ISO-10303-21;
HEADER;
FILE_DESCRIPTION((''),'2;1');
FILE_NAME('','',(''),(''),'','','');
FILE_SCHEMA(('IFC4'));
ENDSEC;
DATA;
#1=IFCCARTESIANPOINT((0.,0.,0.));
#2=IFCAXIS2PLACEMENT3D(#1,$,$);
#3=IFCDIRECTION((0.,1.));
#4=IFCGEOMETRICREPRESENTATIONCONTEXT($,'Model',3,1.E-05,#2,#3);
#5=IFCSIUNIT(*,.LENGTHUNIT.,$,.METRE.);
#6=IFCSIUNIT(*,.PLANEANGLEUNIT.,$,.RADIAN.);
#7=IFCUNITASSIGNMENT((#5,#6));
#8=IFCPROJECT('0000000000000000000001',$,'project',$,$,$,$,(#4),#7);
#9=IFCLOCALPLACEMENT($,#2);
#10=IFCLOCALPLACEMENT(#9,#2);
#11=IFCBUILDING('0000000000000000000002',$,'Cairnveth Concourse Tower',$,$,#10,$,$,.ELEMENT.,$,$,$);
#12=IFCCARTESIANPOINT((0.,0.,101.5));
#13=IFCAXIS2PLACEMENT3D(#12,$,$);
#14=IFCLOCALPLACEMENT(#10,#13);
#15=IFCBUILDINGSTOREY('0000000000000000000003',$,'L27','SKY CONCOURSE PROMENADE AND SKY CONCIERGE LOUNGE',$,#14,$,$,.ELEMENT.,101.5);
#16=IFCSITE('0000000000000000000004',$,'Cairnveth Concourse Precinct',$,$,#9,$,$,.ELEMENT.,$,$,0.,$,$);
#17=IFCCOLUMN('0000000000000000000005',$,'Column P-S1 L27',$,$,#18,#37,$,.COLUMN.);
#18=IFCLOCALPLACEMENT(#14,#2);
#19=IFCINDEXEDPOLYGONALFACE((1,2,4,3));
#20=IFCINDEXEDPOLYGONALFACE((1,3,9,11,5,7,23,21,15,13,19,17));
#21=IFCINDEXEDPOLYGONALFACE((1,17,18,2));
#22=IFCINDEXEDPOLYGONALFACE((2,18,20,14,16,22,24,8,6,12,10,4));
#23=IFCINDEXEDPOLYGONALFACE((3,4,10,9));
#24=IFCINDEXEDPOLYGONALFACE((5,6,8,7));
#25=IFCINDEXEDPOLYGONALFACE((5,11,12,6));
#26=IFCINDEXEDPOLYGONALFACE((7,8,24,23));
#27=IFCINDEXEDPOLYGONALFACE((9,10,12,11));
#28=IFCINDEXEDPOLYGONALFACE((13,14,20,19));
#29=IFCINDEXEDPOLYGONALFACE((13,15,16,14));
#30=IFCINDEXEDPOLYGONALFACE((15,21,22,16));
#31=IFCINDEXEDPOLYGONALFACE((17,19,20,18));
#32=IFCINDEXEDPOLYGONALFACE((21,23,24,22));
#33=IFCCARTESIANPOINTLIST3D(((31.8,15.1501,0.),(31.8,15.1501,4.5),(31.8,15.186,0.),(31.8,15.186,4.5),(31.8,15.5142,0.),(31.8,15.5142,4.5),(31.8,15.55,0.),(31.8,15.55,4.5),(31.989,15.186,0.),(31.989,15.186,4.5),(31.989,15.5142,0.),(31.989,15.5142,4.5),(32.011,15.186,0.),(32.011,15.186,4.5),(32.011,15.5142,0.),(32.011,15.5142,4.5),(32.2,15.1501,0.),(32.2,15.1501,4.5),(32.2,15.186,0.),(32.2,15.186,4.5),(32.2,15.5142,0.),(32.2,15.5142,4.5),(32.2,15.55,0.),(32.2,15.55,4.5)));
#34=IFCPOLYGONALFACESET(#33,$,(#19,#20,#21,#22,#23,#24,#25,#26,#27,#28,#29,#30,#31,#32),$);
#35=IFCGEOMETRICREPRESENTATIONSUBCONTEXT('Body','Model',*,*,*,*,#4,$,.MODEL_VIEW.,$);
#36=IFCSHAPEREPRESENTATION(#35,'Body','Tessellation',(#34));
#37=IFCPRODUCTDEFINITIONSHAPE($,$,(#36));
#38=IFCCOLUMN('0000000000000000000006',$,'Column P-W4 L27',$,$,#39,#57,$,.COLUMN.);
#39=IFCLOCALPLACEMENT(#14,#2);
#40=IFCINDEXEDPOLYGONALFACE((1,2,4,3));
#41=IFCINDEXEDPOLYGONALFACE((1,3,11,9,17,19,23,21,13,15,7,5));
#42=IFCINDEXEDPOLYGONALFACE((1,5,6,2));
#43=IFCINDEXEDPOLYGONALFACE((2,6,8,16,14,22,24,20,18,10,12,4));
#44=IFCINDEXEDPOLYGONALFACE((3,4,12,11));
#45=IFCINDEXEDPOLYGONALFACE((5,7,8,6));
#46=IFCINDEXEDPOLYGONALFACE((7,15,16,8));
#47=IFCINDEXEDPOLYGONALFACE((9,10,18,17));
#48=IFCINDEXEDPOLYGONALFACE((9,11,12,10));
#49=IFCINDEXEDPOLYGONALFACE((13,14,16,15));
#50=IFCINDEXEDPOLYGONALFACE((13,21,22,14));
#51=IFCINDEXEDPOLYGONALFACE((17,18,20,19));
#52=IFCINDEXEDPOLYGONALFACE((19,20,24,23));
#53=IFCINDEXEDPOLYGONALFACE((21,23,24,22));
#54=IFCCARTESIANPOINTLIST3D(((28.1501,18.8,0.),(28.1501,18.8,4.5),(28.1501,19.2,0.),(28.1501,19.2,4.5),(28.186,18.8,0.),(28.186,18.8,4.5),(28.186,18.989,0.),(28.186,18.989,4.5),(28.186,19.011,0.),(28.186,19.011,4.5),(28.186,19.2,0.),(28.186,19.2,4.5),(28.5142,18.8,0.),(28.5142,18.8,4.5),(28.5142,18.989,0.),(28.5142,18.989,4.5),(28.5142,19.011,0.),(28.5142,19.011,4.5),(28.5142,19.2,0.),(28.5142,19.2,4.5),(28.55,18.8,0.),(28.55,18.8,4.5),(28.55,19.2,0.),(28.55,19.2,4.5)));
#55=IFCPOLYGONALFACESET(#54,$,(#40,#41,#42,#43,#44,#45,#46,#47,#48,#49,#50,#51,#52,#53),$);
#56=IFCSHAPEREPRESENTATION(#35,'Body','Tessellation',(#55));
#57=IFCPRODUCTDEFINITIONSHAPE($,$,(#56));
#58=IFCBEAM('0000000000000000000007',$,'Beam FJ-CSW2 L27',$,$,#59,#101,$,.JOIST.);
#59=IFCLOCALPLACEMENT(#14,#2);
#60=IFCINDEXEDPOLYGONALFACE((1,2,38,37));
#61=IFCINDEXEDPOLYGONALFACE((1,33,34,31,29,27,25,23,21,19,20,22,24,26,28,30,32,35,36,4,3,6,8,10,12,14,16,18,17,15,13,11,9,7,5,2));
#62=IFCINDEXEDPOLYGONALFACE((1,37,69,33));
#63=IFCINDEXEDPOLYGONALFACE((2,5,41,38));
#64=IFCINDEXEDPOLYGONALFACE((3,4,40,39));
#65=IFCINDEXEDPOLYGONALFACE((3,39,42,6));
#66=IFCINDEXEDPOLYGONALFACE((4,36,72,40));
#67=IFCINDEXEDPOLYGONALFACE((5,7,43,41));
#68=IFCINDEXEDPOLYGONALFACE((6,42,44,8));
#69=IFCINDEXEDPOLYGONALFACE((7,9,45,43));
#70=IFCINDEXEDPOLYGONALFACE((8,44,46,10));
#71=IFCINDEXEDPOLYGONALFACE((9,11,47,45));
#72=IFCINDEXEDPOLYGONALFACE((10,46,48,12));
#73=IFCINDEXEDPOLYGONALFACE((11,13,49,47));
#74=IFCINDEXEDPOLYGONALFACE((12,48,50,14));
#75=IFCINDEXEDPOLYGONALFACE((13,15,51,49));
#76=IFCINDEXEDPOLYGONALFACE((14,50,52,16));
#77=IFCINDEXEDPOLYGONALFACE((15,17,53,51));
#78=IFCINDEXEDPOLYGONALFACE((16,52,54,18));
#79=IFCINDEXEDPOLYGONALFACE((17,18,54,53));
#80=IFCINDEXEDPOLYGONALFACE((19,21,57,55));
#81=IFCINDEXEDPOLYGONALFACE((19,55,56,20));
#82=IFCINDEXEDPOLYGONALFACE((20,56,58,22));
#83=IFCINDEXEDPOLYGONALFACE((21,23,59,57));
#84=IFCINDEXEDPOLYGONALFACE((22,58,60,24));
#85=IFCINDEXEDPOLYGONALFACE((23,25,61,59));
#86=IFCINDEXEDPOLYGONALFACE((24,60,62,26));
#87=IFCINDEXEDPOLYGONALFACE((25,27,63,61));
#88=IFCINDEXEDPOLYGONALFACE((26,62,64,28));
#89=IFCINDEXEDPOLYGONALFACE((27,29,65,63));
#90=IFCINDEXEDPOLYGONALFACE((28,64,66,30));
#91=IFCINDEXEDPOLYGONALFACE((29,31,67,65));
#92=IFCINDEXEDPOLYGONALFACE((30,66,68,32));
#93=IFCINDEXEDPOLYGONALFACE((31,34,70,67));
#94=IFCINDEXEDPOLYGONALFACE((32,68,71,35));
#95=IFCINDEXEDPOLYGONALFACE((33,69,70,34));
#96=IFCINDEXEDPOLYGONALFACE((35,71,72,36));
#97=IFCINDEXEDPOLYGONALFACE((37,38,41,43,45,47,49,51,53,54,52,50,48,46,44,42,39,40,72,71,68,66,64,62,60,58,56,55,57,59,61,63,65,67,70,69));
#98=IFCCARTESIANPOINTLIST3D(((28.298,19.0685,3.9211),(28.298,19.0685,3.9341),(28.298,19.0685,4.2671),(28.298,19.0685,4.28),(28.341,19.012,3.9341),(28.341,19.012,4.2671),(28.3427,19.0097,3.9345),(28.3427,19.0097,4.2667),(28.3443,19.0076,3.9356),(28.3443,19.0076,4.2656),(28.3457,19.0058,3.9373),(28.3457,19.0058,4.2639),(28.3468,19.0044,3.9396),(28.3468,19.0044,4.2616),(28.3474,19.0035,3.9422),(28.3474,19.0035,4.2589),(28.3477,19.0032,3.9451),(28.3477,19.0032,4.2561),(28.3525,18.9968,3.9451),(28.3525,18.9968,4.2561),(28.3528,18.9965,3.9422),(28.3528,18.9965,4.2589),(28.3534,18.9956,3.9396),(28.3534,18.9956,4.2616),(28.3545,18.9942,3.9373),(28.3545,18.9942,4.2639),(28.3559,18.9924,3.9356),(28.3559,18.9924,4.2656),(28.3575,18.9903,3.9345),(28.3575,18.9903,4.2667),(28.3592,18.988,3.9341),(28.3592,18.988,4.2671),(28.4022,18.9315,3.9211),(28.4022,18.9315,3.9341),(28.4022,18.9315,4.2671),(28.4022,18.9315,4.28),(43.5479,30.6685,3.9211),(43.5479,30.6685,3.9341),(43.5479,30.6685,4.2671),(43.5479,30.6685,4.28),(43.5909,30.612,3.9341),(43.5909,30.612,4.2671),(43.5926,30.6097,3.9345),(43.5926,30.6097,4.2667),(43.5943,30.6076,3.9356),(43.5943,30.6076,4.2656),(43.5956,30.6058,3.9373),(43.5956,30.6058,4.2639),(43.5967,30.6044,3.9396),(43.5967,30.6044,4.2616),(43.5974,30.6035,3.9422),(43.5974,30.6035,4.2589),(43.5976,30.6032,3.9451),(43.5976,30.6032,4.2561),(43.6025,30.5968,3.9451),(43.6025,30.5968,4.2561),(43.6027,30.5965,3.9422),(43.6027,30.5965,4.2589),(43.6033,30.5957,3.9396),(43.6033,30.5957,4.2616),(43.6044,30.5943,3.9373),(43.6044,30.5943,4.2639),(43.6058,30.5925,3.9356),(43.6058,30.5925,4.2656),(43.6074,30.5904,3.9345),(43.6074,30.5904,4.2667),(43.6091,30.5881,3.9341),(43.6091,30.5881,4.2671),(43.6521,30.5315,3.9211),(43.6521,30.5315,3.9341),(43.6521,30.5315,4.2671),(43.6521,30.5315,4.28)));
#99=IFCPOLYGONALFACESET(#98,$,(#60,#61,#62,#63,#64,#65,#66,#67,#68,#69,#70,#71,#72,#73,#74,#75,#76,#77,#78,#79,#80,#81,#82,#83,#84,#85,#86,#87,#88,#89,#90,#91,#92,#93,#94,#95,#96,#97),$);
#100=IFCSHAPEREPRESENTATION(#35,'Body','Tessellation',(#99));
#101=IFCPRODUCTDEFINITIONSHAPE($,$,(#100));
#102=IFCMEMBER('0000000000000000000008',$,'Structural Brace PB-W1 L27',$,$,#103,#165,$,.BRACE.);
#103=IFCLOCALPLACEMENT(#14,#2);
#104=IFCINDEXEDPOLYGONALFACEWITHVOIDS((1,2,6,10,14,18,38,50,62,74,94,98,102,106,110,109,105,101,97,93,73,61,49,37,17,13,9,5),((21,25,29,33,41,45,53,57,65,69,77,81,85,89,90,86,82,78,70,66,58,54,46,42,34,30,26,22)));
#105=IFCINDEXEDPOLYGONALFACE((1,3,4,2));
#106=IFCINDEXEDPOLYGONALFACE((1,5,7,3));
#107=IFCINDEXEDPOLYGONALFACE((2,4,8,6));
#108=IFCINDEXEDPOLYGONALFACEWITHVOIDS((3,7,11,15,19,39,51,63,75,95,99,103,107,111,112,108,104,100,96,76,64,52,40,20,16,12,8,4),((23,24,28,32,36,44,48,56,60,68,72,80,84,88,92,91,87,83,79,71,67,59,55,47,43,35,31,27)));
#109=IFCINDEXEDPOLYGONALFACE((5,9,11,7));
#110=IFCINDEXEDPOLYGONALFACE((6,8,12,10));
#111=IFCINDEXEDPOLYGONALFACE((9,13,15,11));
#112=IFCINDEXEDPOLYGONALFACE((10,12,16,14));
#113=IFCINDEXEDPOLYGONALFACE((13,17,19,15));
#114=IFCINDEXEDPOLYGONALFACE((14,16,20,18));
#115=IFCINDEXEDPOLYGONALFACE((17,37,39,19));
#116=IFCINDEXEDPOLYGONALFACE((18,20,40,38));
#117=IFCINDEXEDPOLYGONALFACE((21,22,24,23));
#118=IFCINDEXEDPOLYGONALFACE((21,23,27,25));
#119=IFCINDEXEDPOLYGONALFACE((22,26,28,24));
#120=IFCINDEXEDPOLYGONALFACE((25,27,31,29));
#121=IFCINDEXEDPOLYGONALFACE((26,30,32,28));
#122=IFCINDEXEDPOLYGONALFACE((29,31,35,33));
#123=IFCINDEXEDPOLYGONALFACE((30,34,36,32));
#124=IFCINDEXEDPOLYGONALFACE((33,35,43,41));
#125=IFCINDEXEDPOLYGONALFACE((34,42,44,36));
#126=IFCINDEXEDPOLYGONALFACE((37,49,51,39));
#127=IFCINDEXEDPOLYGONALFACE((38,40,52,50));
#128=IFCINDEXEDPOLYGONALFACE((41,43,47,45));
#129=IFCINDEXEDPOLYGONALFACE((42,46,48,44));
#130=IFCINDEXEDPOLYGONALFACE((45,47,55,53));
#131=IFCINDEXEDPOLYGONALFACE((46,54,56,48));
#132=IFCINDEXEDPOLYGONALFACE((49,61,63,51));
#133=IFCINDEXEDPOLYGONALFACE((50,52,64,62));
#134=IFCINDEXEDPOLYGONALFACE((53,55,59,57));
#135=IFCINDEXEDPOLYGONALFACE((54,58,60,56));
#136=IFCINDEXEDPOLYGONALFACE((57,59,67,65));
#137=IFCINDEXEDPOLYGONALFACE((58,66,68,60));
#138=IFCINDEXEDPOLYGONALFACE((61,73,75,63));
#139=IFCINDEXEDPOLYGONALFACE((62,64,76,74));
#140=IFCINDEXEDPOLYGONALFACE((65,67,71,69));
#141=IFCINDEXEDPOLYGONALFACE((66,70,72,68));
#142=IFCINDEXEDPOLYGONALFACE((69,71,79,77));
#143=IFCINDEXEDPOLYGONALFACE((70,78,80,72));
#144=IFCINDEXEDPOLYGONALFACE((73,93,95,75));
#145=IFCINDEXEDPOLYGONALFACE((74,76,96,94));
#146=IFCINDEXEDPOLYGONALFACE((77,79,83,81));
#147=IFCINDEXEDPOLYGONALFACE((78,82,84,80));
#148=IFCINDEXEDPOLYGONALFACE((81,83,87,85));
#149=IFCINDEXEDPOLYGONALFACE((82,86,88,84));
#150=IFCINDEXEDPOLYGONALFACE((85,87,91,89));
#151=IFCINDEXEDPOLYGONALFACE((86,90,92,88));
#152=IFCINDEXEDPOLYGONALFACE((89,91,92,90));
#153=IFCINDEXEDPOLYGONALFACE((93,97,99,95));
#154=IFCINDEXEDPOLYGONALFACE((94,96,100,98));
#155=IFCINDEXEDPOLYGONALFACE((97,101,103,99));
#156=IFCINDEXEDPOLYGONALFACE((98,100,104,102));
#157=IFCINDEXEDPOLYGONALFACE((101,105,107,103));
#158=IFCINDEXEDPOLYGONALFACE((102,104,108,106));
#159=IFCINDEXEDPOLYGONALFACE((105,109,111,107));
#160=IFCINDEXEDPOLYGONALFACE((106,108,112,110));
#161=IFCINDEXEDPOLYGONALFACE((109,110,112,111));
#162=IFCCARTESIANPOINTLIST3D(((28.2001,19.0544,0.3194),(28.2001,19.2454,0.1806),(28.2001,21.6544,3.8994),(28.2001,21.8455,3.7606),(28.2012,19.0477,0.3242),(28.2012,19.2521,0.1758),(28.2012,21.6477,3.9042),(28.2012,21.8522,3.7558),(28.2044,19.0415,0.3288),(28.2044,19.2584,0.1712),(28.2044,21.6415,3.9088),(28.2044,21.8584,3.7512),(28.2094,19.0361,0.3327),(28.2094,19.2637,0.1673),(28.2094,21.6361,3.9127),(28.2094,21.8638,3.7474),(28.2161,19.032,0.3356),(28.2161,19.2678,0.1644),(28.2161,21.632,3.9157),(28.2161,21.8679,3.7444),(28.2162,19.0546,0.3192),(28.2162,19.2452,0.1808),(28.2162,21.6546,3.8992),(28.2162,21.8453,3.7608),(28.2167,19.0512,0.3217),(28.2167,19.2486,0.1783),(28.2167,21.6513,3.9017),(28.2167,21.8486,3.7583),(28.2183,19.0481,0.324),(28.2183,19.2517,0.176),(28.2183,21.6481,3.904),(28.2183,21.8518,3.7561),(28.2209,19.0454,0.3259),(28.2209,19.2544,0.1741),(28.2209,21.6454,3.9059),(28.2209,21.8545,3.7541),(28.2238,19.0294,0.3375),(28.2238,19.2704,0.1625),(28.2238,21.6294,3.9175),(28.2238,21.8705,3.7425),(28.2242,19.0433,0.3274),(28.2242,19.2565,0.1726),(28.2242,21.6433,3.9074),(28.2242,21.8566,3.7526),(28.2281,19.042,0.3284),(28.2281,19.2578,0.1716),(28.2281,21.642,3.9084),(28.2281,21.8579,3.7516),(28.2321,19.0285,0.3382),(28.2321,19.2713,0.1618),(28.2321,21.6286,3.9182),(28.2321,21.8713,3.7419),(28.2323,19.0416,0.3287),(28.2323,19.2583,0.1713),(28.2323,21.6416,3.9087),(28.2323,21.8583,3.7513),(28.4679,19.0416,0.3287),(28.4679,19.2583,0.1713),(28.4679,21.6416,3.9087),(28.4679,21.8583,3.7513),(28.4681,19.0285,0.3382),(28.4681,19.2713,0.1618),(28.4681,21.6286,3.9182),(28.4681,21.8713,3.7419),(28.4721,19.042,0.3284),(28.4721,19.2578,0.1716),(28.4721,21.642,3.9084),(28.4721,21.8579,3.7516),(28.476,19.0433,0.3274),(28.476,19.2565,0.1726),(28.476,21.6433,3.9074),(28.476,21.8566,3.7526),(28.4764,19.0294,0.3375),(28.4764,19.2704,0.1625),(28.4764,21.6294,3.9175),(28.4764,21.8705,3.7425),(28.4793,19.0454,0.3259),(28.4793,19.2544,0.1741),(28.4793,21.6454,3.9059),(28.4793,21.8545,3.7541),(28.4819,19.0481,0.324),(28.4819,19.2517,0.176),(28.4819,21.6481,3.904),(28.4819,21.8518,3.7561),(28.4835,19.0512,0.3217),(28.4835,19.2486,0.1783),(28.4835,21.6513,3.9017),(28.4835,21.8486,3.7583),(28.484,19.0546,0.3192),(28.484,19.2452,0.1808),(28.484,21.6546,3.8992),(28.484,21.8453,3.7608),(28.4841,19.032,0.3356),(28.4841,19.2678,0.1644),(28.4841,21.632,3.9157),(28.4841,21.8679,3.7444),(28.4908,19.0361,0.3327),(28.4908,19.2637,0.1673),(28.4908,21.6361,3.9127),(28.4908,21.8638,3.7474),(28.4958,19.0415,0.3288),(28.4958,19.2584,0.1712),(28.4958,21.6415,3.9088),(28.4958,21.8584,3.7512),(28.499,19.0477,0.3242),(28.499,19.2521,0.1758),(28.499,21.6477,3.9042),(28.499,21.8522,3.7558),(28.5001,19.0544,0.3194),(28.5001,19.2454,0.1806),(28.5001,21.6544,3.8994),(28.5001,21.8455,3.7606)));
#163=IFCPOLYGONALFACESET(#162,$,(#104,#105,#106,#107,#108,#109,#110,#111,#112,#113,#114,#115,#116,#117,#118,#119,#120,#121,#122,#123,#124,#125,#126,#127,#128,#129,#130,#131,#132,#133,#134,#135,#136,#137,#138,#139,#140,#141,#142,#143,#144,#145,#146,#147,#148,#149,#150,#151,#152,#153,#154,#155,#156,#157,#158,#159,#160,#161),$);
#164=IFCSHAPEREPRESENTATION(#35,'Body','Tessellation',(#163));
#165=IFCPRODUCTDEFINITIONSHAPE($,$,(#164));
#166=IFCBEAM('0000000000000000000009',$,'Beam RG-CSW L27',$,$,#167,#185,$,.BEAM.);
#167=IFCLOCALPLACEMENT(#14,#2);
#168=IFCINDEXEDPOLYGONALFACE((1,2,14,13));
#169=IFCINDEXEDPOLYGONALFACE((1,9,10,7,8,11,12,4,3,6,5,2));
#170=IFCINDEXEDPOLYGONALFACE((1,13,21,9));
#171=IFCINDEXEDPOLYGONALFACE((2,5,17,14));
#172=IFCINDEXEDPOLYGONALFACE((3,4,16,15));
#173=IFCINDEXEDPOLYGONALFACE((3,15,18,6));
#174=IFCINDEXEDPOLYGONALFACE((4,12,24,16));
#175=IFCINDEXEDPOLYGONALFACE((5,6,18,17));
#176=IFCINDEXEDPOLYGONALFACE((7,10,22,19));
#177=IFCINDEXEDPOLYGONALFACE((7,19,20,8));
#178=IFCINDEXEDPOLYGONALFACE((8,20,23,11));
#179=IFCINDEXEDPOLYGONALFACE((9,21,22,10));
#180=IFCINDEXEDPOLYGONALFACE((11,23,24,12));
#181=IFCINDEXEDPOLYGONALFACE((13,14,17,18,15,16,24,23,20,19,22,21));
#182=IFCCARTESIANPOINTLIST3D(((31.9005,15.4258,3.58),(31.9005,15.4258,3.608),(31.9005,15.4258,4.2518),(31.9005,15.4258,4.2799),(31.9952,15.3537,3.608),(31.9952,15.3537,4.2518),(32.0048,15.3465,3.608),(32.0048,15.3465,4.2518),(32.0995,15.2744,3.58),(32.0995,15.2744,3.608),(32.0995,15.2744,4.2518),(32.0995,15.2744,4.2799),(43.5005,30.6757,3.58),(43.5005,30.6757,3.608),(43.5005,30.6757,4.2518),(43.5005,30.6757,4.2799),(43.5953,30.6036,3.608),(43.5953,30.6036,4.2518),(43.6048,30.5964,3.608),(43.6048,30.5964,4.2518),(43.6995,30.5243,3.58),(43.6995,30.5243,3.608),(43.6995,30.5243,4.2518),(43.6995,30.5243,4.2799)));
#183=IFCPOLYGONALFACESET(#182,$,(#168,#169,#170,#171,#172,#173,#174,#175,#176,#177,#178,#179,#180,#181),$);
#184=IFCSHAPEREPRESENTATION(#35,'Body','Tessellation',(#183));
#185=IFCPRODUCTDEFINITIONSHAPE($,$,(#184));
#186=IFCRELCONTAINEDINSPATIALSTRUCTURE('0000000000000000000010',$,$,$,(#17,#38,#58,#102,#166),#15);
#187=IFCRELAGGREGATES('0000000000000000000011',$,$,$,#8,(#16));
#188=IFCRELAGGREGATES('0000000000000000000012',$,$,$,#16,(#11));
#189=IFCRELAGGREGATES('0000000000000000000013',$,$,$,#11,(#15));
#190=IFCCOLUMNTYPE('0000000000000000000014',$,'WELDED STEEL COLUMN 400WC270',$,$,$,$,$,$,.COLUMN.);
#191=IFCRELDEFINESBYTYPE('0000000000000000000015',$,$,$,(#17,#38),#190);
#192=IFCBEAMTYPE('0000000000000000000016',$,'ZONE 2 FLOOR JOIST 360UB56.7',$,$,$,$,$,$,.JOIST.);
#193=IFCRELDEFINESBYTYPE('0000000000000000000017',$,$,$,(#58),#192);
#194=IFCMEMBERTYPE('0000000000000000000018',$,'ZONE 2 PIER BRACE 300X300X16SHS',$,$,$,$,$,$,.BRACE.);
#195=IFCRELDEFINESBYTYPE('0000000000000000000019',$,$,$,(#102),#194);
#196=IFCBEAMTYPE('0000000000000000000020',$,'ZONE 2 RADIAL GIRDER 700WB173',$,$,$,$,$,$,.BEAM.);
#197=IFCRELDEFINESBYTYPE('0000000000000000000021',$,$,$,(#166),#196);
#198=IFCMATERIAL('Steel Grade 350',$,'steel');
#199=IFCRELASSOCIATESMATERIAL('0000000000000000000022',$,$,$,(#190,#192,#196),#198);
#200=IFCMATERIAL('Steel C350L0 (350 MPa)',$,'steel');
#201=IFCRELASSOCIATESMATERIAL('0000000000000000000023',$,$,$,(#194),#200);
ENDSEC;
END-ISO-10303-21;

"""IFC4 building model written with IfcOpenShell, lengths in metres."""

from ifc_helpers import new_model, si_unit, direction, frame, origin, origin_2d, place, context, subcontext, project, spatial, hollow_rectangle, i_section, extrude, material, material_profile, profile_set, type_object, element, save


model = new_model("IFC4")

# Units and contexts
model_context = context("Model", 3, precision=1e-05, world=origin(), true_north=direction((0.0, 1.0)))
body_context = subcontext(model_context, "Body", "Model", "MODEL_VIEW")
ifc_project = project(units=[si_unit("LENGTHUNIT", "METRE"), si_unit("PLANEANGLEUNIT", "RADIAN")], contexts=[model_context])

# Site, building, storey
site_placement = place(None, origin())
site = spatial("IfcSite", under=ifc_project, at=site_placement, Name="Cairnveth Concourse Precinct", CompositionType="ELEMENT", RefElevation=0.0)
building_placement = place(site_placement, origin())
building = spatial("IfcBuilding", under=site, at=building_placement, Name="Cairnveth Concourse Tower", CompositionType="ELEMENT")
storey_placement = place(building_placement, frame((0.0, 0.0, 101.5)))
storey = spatial("IfcBuildingStorey", under=building, at=storey_placement, Name="L27", Description="SKY CONCOURSE PROMENADE AND SKY CONCIERGE LOUNGE", CompositionType="ELEMENT", Elevation=101.5)

# Columns
ifc_material_1 = material(Name="Steel Grade 350", Category="steel")
ifc_material_profile_1 = material_profile(ifc_material_1, i_section(OverallWidth=0.3999, OverallDepth=0.3999, WebThickness=0.022, FlangeThickness=0.0359, at=origin_2d()), Name="400WC270")
ifc_profile_set_1 = profile_set([ifc_material_profile_1], Name="Steel Grade 350")
column_type = type_object("IfcColumnType", Name="WELDED STEEL COLUMN 400WC270", PredefinedType="COLUMN", material=ifc_profile_set_1)
for number, where, z_axis, x_axis, name in (
    (1, (32.0, 15.3501, 0.0), (0.0, 0.0, 1.0), (1.0, 0.0, 0.0), "Column P-S1 L27"),
    (2, (28.3501, 19.0, 0.0), (0.0, 0.0, 1.0), (0.0, 1.0, 0.0), "Column P-W4 L27"),
):
    element("IfcColumn", number, at=place(storey_placement, frame(where, z_axis=z_axis, x_axis=x_axis)), inside=storey, type_object=column_type, Name=name, PredefinedType="COLUMN", context=body_context, shape_type="SweptSolid", body=[
        extrude(i_section(OverallWidth=0.3999, OverallDepth=0.3999, WebThickness=0.022, FlangeThickness=0.0359, at=origin_2d()), origin(), (0.0, 0.0, 1.0), 4.5),
    ])

# Beam
ifc_material_profile_2 = material_profile(ifc_material_1, i_section(OverallWidth=0.1721, OverallDepth=0.3589, WebThickness=0.0081, FlangeThickness=0.0129, FilletRadius=0.011, at=origin_2d()), Name="360UB56.7")
ifc_profile_set_2 = profile_set([ifc_material_profile_2], Name="Steel Grade 350")
beam_type_1 = type_object("IfcBeamType", Name="ZONE 2 FLOOR JOIST 360UB56.7", PredefinedType="JOIST", material=ifc_profile_set_2)
beam_1_placement = place(storey_placement, frame((28.3501, 19.0, 4.1006), z_axis=(0.795908, 0.605417, 0.0), x_axis=(-0.605417, 0.795908, 0.0)))
element("IfcBeam", 3, at=beam_1_placement, inside=storey, type_object=beam_type_1, Name="Beam FJ-CSW2 L27", PredefinedType="JOIST", context=body_context, shape_type="SweptSolid", body=[
    extrude(i_section(OverallWidth=0.1721, OverallDepth=0.3589, WebThickness=0.0081, FlangeThickness=0.0129, FilletRadius=0.011, at=origin_2d()), origin(), (0.0, 0.0, 1.0), 19.1604),
])

# Member
ifc_material_2 = material(Name="Steel C350L0 (350 MPa)", Category="steel")
ifc_material_profile_3 = material_profile(ifc_material_2, hollow_rectangle(XDim=0.3, YDim=0.3, WallThickness=0.0161, InnerFilletRadius=0.0161, OuterFilletRadius=0.032, at=origin_2d()), Name="300x300x16.0SHS")
ifc_profile_set_3 = profile_set([ifc_material_profile_3], Name="Steel C350L0 (350 MPa)")
member_type = type_object("IfcMemberType", Name="ZONE 2 PIER BRACE 300X300X16SHS", PredefinedType="BRACE", material=ifc_profile_set_3)
member_placement = place(storey_placement, frame((28.3501, 19.1499, 0.25), z_axis=(0.0, 0.58764, 0.809122), x_axis=(-1.0, 0.0, 0.0)))
element("IfcMember", 4, at=member_placement, inside=storey, type_object=member_type, Name="Structural Brace PB-W1 L27", PredefinedType="BRACE", context=body_context, shape_type="SweptSolid", body=[
    extrude(hollow_rectangle(XDim=0.3, YDim=0.3, WallThickness=0.0161, InnerFilletRadius=0.0161, OuterFilletRadius=0.032, at=origin_2d()), origin(), (0.0, 0.0, 1.0), 4.4246),
])

# Beam
ifc_material_profile_4 = material_profile(ifc_material_1, i_section(OverallWidth=0.25, OverallDepth=0.7, WebThickness=0.012, FlangeThickness=0.0281, at=origin_2d()), Name="700WB173")
ifc_profile_set_4 = profile_set([ifc_material_profile_4], Name="Steel Grade 350")
beam_type_2 = type_object("IfcBeamType", Name="ZONE 2 RADIAL GIRDER 700WB173", PredefinedType="BEAM", material=ifc_profile_set_4)
beam_2_placement = place(storey_placement, frame((32.0, 15.3501, 3.9299), z_axis=(0.605417, 0.795908, 0.0), x_axis=(-0.795908, 0.605417, 0.0)))
element("IfcBeam", 5, at=beam_2_placement, inside=storey, type_object=beam_type_2, Name="Beam RG-CSW L27", PredefinedType="BEAM", context=body_context, shape_type="SweptSolid", body=[
    extrude(i_section(OverallWidth=0.25, OverallDepth=0.7, WebThickness=0.012, FlangeThickness=0.0281, at=origin_2d()), origin(), (0.0, 0.0, 1.0), 19.1604),
])

save(model, "model.ifc")
